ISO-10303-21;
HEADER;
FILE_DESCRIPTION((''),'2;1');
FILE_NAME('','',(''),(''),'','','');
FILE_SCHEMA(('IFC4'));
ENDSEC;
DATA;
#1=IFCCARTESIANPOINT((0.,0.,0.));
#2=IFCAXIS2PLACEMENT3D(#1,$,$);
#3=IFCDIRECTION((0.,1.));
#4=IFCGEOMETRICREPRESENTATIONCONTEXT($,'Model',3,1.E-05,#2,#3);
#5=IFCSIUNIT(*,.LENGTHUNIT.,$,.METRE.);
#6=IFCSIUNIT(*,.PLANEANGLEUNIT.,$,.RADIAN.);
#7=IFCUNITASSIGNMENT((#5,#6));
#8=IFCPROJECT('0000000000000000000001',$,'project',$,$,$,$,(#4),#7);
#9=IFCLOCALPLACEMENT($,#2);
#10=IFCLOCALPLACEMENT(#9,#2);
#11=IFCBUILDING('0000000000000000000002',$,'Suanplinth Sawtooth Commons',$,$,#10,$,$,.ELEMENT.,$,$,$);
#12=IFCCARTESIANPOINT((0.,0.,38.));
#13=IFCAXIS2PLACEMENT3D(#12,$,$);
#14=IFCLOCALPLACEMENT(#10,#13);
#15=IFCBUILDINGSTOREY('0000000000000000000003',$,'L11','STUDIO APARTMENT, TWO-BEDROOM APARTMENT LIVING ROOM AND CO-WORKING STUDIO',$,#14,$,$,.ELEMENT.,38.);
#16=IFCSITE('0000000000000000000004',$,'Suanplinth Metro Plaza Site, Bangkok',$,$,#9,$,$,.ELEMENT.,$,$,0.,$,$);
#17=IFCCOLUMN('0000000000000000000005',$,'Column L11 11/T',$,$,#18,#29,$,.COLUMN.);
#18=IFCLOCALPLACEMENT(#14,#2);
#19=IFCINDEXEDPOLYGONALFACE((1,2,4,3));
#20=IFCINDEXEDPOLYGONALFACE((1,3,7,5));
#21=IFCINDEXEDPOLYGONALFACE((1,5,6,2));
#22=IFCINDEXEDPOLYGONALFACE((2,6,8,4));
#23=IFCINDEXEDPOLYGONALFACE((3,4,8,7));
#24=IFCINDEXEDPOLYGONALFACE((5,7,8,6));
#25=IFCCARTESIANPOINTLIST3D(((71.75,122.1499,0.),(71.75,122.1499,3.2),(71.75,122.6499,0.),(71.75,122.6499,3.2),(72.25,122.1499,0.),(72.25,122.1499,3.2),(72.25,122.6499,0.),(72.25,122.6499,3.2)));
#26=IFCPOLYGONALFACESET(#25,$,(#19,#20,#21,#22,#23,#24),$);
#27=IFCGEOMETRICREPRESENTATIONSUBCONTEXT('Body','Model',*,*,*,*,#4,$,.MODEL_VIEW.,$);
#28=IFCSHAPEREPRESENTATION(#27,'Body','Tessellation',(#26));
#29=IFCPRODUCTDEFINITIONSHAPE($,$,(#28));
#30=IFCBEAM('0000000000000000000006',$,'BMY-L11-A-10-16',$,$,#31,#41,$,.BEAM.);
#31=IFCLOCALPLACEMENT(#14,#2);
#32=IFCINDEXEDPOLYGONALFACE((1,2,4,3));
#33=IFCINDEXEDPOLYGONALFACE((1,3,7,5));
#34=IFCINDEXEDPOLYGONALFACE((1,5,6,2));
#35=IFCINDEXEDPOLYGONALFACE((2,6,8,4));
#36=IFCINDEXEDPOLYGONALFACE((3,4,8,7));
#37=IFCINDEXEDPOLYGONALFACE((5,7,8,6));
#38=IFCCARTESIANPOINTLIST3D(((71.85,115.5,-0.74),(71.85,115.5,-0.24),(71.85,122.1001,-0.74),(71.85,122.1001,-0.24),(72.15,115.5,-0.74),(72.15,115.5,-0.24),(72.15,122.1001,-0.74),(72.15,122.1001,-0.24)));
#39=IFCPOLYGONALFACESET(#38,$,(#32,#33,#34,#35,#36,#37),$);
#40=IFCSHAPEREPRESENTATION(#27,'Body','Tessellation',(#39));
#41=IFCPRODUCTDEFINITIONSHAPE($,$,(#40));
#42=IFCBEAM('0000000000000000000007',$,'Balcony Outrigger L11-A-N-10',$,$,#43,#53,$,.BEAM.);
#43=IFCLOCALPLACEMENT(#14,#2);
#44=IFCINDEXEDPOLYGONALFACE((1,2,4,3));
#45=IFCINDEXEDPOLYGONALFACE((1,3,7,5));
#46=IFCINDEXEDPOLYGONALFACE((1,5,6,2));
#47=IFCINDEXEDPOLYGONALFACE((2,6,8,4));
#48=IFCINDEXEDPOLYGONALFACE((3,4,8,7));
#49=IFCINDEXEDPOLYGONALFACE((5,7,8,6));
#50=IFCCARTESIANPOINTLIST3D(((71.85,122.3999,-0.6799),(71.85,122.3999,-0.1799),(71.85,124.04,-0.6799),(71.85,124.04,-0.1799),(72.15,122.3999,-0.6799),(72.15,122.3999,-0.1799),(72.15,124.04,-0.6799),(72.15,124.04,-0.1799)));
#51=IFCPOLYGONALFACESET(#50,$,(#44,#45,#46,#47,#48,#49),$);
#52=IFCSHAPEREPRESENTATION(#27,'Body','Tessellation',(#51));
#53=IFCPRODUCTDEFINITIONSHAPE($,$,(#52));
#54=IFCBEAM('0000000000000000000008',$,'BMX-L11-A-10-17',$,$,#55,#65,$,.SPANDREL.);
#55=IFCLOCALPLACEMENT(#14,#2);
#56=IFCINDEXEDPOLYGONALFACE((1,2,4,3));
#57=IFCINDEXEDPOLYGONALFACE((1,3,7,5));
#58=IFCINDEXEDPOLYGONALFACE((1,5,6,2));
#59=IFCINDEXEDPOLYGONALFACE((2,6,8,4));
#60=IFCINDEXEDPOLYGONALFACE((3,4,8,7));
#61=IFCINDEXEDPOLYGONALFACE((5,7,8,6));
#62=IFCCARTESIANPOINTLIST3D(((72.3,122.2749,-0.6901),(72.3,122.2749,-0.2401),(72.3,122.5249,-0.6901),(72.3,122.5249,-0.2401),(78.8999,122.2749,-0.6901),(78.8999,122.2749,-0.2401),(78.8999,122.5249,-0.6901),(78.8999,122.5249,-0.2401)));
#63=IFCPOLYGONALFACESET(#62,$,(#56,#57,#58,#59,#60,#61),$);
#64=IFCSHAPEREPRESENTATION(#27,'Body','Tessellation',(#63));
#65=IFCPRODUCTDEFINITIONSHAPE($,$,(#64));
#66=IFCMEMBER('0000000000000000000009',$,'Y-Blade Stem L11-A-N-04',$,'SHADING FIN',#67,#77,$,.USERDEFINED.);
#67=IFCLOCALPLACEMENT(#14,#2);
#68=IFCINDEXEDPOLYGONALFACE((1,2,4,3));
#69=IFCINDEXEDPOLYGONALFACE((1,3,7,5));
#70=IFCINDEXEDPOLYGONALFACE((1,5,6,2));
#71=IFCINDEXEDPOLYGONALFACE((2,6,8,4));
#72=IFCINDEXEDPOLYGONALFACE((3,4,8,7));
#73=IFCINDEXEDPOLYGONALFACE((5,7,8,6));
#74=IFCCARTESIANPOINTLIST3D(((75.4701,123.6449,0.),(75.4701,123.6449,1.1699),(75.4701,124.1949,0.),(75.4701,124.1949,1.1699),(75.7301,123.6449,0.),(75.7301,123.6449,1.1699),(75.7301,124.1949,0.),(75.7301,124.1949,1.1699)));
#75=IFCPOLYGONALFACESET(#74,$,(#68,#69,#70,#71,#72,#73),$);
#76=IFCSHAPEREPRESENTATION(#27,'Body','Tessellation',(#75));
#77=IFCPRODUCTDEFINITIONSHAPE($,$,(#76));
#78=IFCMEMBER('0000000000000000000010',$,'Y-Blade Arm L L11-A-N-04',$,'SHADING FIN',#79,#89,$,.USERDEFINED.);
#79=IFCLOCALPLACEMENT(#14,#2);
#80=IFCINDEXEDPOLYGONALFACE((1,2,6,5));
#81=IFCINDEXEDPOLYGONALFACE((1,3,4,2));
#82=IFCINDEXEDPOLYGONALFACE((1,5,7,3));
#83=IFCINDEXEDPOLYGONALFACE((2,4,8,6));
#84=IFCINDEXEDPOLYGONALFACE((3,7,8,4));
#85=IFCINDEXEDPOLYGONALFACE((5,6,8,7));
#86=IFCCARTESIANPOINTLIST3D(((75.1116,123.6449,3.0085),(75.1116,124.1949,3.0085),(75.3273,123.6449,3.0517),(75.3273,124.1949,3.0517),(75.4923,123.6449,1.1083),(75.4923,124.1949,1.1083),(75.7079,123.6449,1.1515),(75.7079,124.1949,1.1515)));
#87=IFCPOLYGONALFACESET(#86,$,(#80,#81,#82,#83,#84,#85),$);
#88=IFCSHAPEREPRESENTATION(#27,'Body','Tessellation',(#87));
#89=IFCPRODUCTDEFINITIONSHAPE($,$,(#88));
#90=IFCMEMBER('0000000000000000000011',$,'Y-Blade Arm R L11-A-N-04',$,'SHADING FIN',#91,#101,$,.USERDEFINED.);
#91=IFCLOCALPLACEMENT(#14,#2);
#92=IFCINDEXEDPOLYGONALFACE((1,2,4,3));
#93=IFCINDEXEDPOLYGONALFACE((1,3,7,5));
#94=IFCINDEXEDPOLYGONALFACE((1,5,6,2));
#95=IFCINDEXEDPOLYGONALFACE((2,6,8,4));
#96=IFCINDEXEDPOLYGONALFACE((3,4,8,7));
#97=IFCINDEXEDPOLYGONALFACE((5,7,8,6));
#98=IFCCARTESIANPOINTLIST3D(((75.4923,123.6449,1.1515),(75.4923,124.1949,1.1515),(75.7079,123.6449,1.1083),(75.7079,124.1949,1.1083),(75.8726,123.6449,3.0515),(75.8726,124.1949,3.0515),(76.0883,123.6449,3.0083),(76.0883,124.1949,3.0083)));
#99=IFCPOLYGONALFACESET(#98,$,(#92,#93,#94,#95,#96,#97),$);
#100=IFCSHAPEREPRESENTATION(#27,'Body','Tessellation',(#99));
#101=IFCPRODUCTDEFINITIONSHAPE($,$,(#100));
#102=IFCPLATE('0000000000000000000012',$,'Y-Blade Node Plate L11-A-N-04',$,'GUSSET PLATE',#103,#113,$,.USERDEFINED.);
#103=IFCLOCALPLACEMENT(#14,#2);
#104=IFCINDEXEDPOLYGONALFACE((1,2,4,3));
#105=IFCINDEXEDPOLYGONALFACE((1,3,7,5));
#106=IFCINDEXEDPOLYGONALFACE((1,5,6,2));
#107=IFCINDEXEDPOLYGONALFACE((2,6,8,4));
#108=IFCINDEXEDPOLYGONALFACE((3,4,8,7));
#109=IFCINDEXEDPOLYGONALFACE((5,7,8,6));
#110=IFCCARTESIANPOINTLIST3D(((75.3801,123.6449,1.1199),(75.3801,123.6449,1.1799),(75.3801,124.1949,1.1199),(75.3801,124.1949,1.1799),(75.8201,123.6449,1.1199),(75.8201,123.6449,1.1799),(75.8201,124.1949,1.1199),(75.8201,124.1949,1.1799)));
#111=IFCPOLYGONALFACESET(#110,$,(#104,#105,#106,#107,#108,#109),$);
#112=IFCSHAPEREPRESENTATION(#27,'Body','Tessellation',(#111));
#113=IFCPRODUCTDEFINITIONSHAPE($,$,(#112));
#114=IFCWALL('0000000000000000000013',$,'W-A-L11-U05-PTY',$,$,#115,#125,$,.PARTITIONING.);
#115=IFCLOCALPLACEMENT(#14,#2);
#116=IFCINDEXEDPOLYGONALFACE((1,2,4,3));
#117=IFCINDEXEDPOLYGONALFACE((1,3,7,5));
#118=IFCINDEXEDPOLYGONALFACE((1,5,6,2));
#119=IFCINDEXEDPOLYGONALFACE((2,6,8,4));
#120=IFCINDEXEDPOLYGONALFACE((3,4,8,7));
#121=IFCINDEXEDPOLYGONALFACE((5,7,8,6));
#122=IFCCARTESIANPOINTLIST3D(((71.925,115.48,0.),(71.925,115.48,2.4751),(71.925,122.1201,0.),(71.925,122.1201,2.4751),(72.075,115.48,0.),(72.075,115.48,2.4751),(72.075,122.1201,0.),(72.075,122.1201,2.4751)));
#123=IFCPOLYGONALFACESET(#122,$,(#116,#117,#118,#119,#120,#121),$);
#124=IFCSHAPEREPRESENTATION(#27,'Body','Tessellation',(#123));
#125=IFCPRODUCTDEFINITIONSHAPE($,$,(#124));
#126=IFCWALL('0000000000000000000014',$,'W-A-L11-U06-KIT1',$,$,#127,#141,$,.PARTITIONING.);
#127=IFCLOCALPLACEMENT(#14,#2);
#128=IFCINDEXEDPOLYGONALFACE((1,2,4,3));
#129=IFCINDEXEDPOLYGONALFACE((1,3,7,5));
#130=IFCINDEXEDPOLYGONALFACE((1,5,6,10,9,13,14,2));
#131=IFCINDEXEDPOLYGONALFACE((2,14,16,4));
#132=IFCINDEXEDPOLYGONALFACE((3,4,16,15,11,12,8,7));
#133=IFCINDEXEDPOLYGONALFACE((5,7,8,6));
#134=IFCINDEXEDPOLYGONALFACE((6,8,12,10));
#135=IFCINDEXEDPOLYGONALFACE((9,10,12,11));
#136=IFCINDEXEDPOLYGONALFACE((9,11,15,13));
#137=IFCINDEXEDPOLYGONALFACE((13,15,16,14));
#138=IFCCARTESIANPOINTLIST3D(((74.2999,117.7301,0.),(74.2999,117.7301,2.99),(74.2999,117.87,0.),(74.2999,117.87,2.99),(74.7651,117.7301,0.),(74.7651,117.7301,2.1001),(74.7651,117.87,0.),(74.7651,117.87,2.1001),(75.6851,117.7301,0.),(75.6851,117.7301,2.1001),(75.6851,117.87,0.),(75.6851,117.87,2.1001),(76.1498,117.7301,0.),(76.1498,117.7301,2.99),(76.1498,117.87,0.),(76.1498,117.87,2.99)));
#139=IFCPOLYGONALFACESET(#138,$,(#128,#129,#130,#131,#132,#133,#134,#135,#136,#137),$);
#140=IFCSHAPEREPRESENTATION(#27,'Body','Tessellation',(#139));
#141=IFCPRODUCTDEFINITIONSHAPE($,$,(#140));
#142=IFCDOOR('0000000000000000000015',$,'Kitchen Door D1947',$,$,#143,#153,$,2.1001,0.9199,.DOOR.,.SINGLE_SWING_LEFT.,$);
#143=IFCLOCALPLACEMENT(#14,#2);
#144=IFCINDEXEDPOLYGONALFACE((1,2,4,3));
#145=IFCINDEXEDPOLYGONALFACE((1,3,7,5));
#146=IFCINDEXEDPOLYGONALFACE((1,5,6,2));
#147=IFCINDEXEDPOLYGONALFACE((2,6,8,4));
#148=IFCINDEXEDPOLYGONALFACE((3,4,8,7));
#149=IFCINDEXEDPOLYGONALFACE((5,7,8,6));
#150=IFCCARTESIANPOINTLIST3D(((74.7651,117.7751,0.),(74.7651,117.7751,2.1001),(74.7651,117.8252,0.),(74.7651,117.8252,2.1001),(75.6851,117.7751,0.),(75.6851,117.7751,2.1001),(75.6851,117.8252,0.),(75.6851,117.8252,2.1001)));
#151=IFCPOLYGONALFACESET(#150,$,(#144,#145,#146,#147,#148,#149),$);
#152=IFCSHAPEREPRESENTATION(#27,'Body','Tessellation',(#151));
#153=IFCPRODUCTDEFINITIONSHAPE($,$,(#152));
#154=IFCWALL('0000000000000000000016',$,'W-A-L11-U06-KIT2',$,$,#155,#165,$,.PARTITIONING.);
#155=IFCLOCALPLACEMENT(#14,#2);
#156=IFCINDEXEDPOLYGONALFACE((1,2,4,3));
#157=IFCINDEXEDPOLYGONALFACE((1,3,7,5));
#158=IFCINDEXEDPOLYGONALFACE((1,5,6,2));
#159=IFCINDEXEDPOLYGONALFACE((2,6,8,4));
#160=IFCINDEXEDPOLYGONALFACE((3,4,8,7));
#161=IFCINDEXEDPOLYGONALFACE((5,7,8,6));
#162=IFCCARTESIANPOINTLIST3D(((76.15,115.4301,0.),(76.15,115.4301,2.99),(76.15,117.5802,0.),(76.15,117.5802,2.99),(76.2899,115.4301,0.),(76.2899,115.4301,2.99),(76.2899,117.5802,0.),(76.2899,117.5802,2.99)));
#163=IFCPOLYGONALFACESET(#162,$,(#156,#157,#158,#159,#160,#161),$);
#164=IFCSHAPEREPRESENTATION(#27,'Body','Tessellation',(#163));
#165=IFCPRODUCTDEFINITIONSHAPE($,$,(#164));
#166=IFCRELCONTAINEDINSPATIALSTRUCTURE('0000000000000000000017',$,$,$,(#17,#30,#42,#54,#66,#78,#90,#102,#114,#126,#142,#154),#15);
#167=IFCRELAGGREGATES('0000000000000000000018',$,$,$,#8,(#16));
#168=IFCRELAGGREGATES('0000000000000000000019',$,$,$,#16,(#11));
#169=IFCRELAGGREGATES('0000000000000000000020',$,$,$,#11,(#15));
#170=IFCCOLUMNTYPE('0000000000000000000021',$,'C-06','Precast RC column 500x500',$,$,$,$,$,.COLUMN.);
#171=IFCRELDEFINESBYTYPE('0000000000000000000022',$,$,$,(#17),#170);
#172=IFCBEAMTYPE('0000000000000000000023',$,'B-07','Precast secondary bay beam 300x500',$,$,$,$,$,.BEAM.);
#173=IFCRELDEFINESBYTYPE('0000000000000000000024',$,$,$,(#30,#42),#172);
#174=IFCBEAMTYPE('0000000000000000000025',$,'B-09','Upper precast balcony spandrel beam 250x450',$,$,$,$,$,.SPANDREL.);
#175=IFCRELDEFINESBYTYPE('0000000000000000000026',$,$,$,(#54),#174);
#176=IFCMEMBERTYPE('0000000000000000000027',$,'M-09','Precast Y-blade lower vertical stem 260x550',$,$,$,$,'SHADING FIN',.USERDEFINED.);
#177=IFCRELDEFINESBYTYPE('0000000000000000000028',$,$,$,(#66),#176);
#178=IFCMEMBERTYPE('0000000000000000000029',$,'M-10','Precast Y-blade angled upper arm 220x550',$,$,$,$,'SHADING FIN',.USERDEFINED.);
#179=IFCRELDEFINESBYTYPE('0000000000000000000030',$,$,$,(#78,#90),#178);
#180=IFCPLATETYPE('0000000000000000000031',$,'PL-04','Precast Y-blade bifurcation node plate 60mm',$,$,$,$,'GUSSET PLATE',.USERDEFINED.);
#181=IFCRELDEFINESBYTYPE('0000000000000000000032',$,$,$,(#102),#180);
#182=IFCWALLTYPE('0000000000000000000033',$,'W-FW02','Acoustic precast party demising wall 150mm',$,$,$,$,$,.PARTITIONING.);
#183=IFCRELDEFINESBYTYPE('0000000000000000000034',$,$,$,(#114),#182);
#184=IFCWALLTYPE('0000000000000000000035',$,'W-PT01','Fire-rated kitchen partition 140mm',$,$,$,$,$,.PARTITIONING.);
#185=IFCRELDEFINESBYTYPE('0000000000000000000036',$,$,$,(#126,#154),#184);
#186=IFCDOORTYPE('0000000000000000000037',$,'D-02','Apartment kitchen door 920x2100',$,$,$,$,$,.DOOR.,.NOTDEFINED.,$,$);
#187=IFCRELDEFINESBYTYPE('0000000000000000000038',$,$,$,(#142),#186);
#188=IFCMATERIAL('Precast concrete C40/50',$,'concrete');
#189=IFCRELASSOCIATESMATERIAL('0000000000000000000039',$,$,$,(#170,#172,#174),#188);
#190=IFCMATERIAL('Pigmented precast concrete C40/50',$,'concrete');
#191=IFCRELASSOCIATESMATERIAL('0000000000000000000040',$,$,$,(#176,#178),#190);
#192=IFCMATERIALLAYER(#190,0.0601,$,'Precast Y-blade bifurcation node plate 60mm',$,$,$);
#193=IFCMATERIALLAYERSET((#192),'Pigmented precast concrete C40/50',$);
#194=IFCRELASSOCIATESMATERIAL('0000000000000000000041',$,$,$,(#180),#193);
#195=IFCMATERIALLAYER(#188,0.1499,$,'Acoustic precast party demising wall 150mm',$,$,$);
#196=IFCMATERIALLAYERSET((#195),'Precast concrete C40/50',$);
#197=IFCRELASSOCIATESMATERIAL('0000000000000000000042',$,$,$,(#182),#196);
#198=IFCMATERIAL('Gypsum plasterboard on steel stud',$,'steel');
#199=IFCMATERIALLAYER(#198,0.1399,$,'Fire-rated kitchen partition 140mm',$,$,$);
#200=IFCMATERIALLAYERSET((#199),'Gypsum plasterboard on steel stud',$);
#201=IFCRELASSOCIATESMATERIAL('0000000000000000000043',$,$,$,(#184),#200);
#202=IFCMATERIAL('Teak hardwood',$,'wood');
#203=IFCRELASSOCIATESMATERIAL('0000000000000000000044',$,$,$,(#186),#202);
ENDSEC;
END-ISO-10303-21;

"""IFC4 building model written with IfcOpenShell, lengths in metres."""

from ifc_helpers import new_model, si_unit, direction, frame, frame_2d, origin, origin_2d, place, context, subcontext, project, spatial, rectangle, extrude, material, layer, layer_set, material_profile, profile_set, type_object, element, fill, save


model = new_model("IFC4")

# Units and contexts
model_context = context("Model", 3, precision=1e-05, world=origin(), true_north=direction((0.0, 1.0)))
body_context = subcontext(model_context, "Body", "Model", "MODEL_VIEW")
ifc_project = project(units=[si_unit("LENGTHUNIT", "METRE"), si_unit("PLANEANGLEUNIT", "RADIAN")], contexts=[model_context])

# Site, building, storey
site_placement = place(None, origin())
site = spatial("IfcSite", under=ifc_project, at=site_placement, Name="Suanplinth Metro Plaza Site, Bangkok", CompositionType="ELEMENT", RefElevation=0.0)
building_placement = place(site_placement, origin())
building = spatial("IfcBuilding", under=site, at=building_placement, Name="Suanplinth Sawtooth Commons", CompositionType="ELEMENT")
storey_placement = place(building_placement, frame((0.0, 0.0, 38.0)))
storey = spatial("IfcBuildingStorey", under=building, at=storey_placement, Name="L11", Description="STUDIO APARTMENT, TWO-BEDROOM APARTMENT LIVING ROOM AND CO-WORKING STUDIO", CompositionType="ELEMENT", Elevation=38.0)

# Column
ifc_material_1 = material(Name="Precast concrete C40/50", Category="concrete")
ifc_material_profile_1 = material_profile(ifc_material_1, rectangle(XDim=0.5, YDim=0.5, at=origin_2d()), Name="PC-COL 500x500")
ifc_profile_set_1 = profile_set([ifc_material_profile_1], Name="Precast concrete C40/50")
column_type = type_object("IfcColumnType", Name="C-06", Description="Precast RC column 500x500", PredefinedType="COLUMN", material=ifc_profile_set_1)
column_placement = place(storey_placement, frame((72.0, 122.3999, 0.0), z_axis=(0.0, 0.0, 1.0), x_axis=(1.0, 0.0, 0.0)))
element("IfcColumn", 1, at=column_placement, inside=storey, type_object=column_type, Name="Column L11 11/T", PredefinedType="COLUMN", context=body_context, shape_type="SweptSolid", body=[
    extrude(rectangle(XDim=0.5, YDim=0.5, at=origin_2d()), origin(), (0.0, 0.0, 1.0), 3.2),
])

# Beams
ifc_material_profile_2 = material_profile(ifc_material_1, rectangle(XDim=0.3, YDim=0.5, at=origin_2d()), Name="PC-BM 300x500")
ifc_profile_set_2 = profile_set([ifc_material_profile_2], Name="Precast concrete C40/50")
beam_type_1 = type_object("IfcBeamType", Name="B-07", Description="Precast secondary bay beam 300x500", PredefinedType="BEAM", material=ifc_profile_set_2)
beam_1_placement = place(storey_placement, frame((72.0, 115.5, -0.49), z_axis=(0.0, 1.0, 0.0), x_axis=(-1.0, 0.0, 0.0)))
element("IfcBeam", 2, at=beam_1_placement, inside=storey, type_object=beam_type_1, Name="BMY-L11-A-10-16", PredefinedType="BEAM", context=body_context, shape_type="SweptSolid", body=[
    extrude(rectangle(XDim=0.3, YDim=0.5, at=origin_2d()), origin(), (0.0, 0.0, 1.0), 6.6001),
])
beam_2_placement = place(storey_placement, frame((72.0, 122.3999, -0.4299), z_axis=(0.0, 1.0, 0.0), x_axis=(-1.0, 0.0, 0.0)))
element("IfcBeam", 3, at=beam_2_placement, inside=storey, type_object=beam_type_1, Name="Balcony Outrigger L11-A-N-10", PredefinedType="BEAM", context=body_context, shape_type="SweptSolid", body=[
    extrude(rectangle(XDim=0.3, YDim=0.5, at=origin_2d()), origin(), (0.0, 0.0, 1.0), 1.6401),
])
ifc_material_profile_3 = material_profile(ifc_material_1, rectangle(XDim=0.25, YDim=0.45, at=origin_2d()), Name="PC-SP 250x450")
ifc_profile_set_3 = profile_set([ifc_material_profile_3], Name="Precast concrete C40/50")
beam_type_2 = type_object("IfcBeamType", Name="B-09", Description="Upper precast balcony spandrel beam 250x450", PredefinedType="SPANDREL", material=ifc_profile_set_3)
beam_3_placement = place(storey_placement, frame((72.3, 122.3999, -0.4651), z_axis=(1.0, 0.0, 0.0), x_axis=(0.0, 1.0, 0.0)))
element("IfcBeam", 4, at=beam_3_placement, inside=storey, type_object=beam_type_2, Name="BMX-L11-A-10-17", PredefinedType="SPANDREL", context=body_context, shape_type="SweptSolid", body=[
    extrude(rectangle(XDim=0.25, YDim=0.45, at=origin_2d()), origin(), (0.0, 0.0, 1.0), 6.5999),
])

# Members
ifc_material_2 = material(Name="Pigmented precast concrete C40/50", Category="concrete")
ifc_material_profile_4 = material_profile(ifc_material_2, rectangle(XDim=0.26, YDim=0.55, at=origin_2d()), Name="PC-FIN 260x550")
ifc_profile_set_4 = profile_set([ifc_material_profile_4], Name="Pigmented precast concrete C40/50")
member_type_1 = type_object("IfcMemberType", Name="M-09", Description="Precast Y-blade lower vertical stem 260x550", ElementType="SHADING FIN", PredefinedType="USERDEFINED", material=ifc_profile_set_4)
member_1_placement = place(storey_placement, frame((75.6001, 123.9199, 0.0), z_axis=(0.0, 0.0, 1.0), x_axis=(1.0, 0.0, 0.0)))
element("IfcMember", 5, at=member_1_placement, inside=storey, type_object=member_type_1, Name="Y-Blade Stem L11-A-N-04", ObjectType="SHADING FIN", PredefinedType="USERDEFINED", context=body_context, shape_type="SweptSolid", body=[
    extrude(rectangle(XDim=0.26, YDim=0.55, at=origin_2d()), origin(), (0.0, 0.0, 1.0), 1.1699),
])
ifc_material_profile_5 = material_profile(ifc_material_2, rectangle(XDim=0.22, YDim=0.55, at=origin_2d()), Name="PC-FIN 220x550")
ifc_profile_set_5 = profile_set([ifc_material_profile_5], Name="Pigmented precast concrete C40/50")
member_type_2 = type_object("IfcMemberType", Name="M-10", Description="Precast Y-blade angled upper arm 220x550", ElementType="SHADING FIN", PredefinedType="USERDEFINED", material=ifc_profile_set_5)
member_2_placement = place(storey_placement, frame((75.6001, 123.9199, 1.1299), z_axis=(-0.196407, 0.0, 0.980522), x_axis=(0.980522, 0.0, 0.196407)))
element("IfcMember", 6, at=member_2_placement, inside=storey, type_object=member_type_2, Name="Y-Blade Arm L L11-A-N-04", ObjectType="SHADING FIN", PredefinedType="USERDEFINED", context=body_context, shape_type="SweptSolid", body=[
    extrude(rectangle(XDim=0.22, YDim=0.55, at=origin_2d()), origin(), (0.0, 0.0, 1.0), 1.938),
])
member_3_placement = place(storey_placement, frame((75.6001, 123.9199, 1.1299), z_axis=(0.196286, 0.0, 0.980547), x_axis=(-0.980547, 0.0, 0.196286)))
element("IfcMember", 7, at=member_3_placement, inside=storey, type_object=member_type_2, Name="Y-Blade Arm R L11-A-N-04", ObjectType="SHADING FIN", PredefinedType="USERDEFINED", context=body_context, shape_type="SweptSolid", body=[
    extrude(rectangle(XDim=0.22, YDim=0.55, at=origin_2d()), origin(), (0.0, 0.0, 1.0), 1.9377),
])

# Plate
ifc_layer_1 = layer(ifc_material_2, 0.0601, Name="Precast Y-blade bifurcation node plate 60mm")
ifc_layer_set_1 = layer_set([ifc_layer_1], Name="Pigmented precast concrete C40/50")
plate_type = type_object("IfcPlateType", Name="PL-04", Description="Precast Y-blade bifurcation node plate 60mm", ElementType="GUSSET PLATE", PredefinedType="USERDEFINED", material=ifc_layer_set_1)
plate_placement = place(storey_placement, frame((75.6001, 123.9199, 1.1199), z_axis=(0.0, 0.0, 1.0), x_axis=(1.0, 0.0, 0.0)))
element("IfcPlate", 8, at=plate_placement, inside=storey, type_object=plate_type, Name="Y-Blade Node Plate L11-A-N-04", ObjectType="GUSSET PLATE", PredefinedType="USERDEFINED", context=body_context, shape_type="SweptSolid", body=[
    extrude(rectangle(XDim=0.4399, YDim=0.55, at=origin_2d()), origin(), (0.0, 0.0, 1.0), 0.0601),
])

# Wall
ifc_layer_2 = layer(ifc_material_1, 0.1499, Name="Acoustic precast party demising wall 150mm")
ifc_layer_set_2 = layer_set([ifc_layer_2], Name="Precast concrete C40/50")
wall_type_1 = type_object("IfcWallType", Name="W-FW02", Description="Acoustic precast party demising wall 150mm", PredefinedType="PARTITIONING", material=ifc_layer_set_2)
wall_1_placement = place(storey_placement, frame((72.0, 115.48, 0.0), z_axis=(0.0, 0.0, 1.0), x_axis=(0.0, 1.0, 0.0)))
element("IfcWall", 9, at=wall_1_placement, inside=storey, type_object=wall_type_1, Name="W-A-L11-U05-PTY", PredefinedType="PARTITIONING", context=body_context, shape_type="SweptSolid", body=[
    extrude(rectangle(XDim=6.6401, YDim=0.1499, at=frame_2d((3.3201, 0.0))), origin(), (0.0, 0.0, 1.0), 2.4751),
])

# Wall, opening, door
ifc_material_3 = material(Name="Gypsum plasterboard on steel stud", Category="steel")
ifc_layer_3 = layer(ifc_material_3, 0.1399, Name="Fire-rated kitchen partition 140mm")
ifc_layer_set_3 = layer_set([ifc_layer_3], Name="Gypsum plasterboard on steel stud")
wall_type_2 = type_object("IfcWallType", Name="W-PT01", Description="Fire-rated kitchen partition 140mm", PredefinedType="PARTITIONING", material=ifc_layer_set_3)
wall_2_placement = place(storey_placement, frame((74.3, 117.8, 0.0), z_axis=(0.0, 0.0, 1.0), x_axis=(1.0, 0.0, 0.0)))
wall_2 = element("IfcWall", 10, at=wall_2_placement, inside=storey, type_object=wall_type_2, Name="W-A-L11-U06-KIT1", PredefinedType="PARTITIONING", context=body_context, shape_type="SweptSolid", body=[
    extrude(rectangle(XDim=1.8499, YDim=0.1399, at=frame_2d((0.9248, 0.0))), origin(), (0.0, 0.0, 1.0), 2.99),
])
opening_1_placement = place(wall_2_placement, frame((0.4651, 0.0, 0.0)))
opening_1 = element("IfcOpeningElement", 11, at=opening_1_placement, cuts=wall_2, PredefinedType="OPENING", context=body_context, shape_type="SweptSolid", body=[
    extrude(rectangle(XDim=0.9199, YDim=2.1001, at=frame_2d((0.46, 1.05))), frame((0.0, 0.085, 0.0), z_axis=(0.0, -1.0, 0.0), x_axis=(1.0, 0.0, 0.0)), (0.0, 0.0, 1.0), 0.1697),
])
ifc_material_4 = material(Name="Teak hardwood", Category="wood")
door_type_1 = type_object("IfcDoorType", Name="D-02", Description="Apartment kitchen door 920x2100", OperationType="NOTDEFINED", PredefinedType="DOOR", material=ifc_material_4)
door_1_placement = place(opening_1_placement, frame((0.9199, 0.0, 0.0), z_axis=(0.0, 0.0, 1.0), x_axis=(-1.0, 0.0, 0.0)))
door_1 = element("IfcDoor", 12, at=door_1_placement, inside=storey, type_object=door_type_1, Name="Kitchen Door D1947", OperationType="SINGLE_SWING_LEFT", OverallHeight=2.1001, OverallWidth=0.9199, PredefinedType="DOOR", context=body_context, shape_type="SweptSolid", body=[
    extrude(rectangle(XDim=0.9199, YDim=2.1001, at=frame_2d((0.46, 1.05))), frame((0.0, 0.0249, 0.0), z_axis=(0.0, -1.0, 0.0), x_axis=(1.0, 0.0, 0.0)), (0.0, 0.0, 1.0), 0.05),
])
fill(opening_1, door_1)

# Wall
wall_3_placement = place(storey_placement, frame((76.22, 115.4299, 0.0), z_axis=(0.0, 0.0, 1.0), x_axis=(0.0, 1.0, 0.0)))
element("IfcWall", 13, at=wall_3_placement, inside=storey, type_object=wall_type_2, Name="W-A-L11-U06-KIT2", PredefinedType="PARTITIONING", context=body_context, shape_type="SweptSolid", body=[
    extrude(rectangle(XDim=2.1501, YDim=0.1399, at=frame_2d((1.0752, 0.0))), origin(), (0.0, 0.0, 1.0), 2.99),
])

save(model, "model.ifc")
